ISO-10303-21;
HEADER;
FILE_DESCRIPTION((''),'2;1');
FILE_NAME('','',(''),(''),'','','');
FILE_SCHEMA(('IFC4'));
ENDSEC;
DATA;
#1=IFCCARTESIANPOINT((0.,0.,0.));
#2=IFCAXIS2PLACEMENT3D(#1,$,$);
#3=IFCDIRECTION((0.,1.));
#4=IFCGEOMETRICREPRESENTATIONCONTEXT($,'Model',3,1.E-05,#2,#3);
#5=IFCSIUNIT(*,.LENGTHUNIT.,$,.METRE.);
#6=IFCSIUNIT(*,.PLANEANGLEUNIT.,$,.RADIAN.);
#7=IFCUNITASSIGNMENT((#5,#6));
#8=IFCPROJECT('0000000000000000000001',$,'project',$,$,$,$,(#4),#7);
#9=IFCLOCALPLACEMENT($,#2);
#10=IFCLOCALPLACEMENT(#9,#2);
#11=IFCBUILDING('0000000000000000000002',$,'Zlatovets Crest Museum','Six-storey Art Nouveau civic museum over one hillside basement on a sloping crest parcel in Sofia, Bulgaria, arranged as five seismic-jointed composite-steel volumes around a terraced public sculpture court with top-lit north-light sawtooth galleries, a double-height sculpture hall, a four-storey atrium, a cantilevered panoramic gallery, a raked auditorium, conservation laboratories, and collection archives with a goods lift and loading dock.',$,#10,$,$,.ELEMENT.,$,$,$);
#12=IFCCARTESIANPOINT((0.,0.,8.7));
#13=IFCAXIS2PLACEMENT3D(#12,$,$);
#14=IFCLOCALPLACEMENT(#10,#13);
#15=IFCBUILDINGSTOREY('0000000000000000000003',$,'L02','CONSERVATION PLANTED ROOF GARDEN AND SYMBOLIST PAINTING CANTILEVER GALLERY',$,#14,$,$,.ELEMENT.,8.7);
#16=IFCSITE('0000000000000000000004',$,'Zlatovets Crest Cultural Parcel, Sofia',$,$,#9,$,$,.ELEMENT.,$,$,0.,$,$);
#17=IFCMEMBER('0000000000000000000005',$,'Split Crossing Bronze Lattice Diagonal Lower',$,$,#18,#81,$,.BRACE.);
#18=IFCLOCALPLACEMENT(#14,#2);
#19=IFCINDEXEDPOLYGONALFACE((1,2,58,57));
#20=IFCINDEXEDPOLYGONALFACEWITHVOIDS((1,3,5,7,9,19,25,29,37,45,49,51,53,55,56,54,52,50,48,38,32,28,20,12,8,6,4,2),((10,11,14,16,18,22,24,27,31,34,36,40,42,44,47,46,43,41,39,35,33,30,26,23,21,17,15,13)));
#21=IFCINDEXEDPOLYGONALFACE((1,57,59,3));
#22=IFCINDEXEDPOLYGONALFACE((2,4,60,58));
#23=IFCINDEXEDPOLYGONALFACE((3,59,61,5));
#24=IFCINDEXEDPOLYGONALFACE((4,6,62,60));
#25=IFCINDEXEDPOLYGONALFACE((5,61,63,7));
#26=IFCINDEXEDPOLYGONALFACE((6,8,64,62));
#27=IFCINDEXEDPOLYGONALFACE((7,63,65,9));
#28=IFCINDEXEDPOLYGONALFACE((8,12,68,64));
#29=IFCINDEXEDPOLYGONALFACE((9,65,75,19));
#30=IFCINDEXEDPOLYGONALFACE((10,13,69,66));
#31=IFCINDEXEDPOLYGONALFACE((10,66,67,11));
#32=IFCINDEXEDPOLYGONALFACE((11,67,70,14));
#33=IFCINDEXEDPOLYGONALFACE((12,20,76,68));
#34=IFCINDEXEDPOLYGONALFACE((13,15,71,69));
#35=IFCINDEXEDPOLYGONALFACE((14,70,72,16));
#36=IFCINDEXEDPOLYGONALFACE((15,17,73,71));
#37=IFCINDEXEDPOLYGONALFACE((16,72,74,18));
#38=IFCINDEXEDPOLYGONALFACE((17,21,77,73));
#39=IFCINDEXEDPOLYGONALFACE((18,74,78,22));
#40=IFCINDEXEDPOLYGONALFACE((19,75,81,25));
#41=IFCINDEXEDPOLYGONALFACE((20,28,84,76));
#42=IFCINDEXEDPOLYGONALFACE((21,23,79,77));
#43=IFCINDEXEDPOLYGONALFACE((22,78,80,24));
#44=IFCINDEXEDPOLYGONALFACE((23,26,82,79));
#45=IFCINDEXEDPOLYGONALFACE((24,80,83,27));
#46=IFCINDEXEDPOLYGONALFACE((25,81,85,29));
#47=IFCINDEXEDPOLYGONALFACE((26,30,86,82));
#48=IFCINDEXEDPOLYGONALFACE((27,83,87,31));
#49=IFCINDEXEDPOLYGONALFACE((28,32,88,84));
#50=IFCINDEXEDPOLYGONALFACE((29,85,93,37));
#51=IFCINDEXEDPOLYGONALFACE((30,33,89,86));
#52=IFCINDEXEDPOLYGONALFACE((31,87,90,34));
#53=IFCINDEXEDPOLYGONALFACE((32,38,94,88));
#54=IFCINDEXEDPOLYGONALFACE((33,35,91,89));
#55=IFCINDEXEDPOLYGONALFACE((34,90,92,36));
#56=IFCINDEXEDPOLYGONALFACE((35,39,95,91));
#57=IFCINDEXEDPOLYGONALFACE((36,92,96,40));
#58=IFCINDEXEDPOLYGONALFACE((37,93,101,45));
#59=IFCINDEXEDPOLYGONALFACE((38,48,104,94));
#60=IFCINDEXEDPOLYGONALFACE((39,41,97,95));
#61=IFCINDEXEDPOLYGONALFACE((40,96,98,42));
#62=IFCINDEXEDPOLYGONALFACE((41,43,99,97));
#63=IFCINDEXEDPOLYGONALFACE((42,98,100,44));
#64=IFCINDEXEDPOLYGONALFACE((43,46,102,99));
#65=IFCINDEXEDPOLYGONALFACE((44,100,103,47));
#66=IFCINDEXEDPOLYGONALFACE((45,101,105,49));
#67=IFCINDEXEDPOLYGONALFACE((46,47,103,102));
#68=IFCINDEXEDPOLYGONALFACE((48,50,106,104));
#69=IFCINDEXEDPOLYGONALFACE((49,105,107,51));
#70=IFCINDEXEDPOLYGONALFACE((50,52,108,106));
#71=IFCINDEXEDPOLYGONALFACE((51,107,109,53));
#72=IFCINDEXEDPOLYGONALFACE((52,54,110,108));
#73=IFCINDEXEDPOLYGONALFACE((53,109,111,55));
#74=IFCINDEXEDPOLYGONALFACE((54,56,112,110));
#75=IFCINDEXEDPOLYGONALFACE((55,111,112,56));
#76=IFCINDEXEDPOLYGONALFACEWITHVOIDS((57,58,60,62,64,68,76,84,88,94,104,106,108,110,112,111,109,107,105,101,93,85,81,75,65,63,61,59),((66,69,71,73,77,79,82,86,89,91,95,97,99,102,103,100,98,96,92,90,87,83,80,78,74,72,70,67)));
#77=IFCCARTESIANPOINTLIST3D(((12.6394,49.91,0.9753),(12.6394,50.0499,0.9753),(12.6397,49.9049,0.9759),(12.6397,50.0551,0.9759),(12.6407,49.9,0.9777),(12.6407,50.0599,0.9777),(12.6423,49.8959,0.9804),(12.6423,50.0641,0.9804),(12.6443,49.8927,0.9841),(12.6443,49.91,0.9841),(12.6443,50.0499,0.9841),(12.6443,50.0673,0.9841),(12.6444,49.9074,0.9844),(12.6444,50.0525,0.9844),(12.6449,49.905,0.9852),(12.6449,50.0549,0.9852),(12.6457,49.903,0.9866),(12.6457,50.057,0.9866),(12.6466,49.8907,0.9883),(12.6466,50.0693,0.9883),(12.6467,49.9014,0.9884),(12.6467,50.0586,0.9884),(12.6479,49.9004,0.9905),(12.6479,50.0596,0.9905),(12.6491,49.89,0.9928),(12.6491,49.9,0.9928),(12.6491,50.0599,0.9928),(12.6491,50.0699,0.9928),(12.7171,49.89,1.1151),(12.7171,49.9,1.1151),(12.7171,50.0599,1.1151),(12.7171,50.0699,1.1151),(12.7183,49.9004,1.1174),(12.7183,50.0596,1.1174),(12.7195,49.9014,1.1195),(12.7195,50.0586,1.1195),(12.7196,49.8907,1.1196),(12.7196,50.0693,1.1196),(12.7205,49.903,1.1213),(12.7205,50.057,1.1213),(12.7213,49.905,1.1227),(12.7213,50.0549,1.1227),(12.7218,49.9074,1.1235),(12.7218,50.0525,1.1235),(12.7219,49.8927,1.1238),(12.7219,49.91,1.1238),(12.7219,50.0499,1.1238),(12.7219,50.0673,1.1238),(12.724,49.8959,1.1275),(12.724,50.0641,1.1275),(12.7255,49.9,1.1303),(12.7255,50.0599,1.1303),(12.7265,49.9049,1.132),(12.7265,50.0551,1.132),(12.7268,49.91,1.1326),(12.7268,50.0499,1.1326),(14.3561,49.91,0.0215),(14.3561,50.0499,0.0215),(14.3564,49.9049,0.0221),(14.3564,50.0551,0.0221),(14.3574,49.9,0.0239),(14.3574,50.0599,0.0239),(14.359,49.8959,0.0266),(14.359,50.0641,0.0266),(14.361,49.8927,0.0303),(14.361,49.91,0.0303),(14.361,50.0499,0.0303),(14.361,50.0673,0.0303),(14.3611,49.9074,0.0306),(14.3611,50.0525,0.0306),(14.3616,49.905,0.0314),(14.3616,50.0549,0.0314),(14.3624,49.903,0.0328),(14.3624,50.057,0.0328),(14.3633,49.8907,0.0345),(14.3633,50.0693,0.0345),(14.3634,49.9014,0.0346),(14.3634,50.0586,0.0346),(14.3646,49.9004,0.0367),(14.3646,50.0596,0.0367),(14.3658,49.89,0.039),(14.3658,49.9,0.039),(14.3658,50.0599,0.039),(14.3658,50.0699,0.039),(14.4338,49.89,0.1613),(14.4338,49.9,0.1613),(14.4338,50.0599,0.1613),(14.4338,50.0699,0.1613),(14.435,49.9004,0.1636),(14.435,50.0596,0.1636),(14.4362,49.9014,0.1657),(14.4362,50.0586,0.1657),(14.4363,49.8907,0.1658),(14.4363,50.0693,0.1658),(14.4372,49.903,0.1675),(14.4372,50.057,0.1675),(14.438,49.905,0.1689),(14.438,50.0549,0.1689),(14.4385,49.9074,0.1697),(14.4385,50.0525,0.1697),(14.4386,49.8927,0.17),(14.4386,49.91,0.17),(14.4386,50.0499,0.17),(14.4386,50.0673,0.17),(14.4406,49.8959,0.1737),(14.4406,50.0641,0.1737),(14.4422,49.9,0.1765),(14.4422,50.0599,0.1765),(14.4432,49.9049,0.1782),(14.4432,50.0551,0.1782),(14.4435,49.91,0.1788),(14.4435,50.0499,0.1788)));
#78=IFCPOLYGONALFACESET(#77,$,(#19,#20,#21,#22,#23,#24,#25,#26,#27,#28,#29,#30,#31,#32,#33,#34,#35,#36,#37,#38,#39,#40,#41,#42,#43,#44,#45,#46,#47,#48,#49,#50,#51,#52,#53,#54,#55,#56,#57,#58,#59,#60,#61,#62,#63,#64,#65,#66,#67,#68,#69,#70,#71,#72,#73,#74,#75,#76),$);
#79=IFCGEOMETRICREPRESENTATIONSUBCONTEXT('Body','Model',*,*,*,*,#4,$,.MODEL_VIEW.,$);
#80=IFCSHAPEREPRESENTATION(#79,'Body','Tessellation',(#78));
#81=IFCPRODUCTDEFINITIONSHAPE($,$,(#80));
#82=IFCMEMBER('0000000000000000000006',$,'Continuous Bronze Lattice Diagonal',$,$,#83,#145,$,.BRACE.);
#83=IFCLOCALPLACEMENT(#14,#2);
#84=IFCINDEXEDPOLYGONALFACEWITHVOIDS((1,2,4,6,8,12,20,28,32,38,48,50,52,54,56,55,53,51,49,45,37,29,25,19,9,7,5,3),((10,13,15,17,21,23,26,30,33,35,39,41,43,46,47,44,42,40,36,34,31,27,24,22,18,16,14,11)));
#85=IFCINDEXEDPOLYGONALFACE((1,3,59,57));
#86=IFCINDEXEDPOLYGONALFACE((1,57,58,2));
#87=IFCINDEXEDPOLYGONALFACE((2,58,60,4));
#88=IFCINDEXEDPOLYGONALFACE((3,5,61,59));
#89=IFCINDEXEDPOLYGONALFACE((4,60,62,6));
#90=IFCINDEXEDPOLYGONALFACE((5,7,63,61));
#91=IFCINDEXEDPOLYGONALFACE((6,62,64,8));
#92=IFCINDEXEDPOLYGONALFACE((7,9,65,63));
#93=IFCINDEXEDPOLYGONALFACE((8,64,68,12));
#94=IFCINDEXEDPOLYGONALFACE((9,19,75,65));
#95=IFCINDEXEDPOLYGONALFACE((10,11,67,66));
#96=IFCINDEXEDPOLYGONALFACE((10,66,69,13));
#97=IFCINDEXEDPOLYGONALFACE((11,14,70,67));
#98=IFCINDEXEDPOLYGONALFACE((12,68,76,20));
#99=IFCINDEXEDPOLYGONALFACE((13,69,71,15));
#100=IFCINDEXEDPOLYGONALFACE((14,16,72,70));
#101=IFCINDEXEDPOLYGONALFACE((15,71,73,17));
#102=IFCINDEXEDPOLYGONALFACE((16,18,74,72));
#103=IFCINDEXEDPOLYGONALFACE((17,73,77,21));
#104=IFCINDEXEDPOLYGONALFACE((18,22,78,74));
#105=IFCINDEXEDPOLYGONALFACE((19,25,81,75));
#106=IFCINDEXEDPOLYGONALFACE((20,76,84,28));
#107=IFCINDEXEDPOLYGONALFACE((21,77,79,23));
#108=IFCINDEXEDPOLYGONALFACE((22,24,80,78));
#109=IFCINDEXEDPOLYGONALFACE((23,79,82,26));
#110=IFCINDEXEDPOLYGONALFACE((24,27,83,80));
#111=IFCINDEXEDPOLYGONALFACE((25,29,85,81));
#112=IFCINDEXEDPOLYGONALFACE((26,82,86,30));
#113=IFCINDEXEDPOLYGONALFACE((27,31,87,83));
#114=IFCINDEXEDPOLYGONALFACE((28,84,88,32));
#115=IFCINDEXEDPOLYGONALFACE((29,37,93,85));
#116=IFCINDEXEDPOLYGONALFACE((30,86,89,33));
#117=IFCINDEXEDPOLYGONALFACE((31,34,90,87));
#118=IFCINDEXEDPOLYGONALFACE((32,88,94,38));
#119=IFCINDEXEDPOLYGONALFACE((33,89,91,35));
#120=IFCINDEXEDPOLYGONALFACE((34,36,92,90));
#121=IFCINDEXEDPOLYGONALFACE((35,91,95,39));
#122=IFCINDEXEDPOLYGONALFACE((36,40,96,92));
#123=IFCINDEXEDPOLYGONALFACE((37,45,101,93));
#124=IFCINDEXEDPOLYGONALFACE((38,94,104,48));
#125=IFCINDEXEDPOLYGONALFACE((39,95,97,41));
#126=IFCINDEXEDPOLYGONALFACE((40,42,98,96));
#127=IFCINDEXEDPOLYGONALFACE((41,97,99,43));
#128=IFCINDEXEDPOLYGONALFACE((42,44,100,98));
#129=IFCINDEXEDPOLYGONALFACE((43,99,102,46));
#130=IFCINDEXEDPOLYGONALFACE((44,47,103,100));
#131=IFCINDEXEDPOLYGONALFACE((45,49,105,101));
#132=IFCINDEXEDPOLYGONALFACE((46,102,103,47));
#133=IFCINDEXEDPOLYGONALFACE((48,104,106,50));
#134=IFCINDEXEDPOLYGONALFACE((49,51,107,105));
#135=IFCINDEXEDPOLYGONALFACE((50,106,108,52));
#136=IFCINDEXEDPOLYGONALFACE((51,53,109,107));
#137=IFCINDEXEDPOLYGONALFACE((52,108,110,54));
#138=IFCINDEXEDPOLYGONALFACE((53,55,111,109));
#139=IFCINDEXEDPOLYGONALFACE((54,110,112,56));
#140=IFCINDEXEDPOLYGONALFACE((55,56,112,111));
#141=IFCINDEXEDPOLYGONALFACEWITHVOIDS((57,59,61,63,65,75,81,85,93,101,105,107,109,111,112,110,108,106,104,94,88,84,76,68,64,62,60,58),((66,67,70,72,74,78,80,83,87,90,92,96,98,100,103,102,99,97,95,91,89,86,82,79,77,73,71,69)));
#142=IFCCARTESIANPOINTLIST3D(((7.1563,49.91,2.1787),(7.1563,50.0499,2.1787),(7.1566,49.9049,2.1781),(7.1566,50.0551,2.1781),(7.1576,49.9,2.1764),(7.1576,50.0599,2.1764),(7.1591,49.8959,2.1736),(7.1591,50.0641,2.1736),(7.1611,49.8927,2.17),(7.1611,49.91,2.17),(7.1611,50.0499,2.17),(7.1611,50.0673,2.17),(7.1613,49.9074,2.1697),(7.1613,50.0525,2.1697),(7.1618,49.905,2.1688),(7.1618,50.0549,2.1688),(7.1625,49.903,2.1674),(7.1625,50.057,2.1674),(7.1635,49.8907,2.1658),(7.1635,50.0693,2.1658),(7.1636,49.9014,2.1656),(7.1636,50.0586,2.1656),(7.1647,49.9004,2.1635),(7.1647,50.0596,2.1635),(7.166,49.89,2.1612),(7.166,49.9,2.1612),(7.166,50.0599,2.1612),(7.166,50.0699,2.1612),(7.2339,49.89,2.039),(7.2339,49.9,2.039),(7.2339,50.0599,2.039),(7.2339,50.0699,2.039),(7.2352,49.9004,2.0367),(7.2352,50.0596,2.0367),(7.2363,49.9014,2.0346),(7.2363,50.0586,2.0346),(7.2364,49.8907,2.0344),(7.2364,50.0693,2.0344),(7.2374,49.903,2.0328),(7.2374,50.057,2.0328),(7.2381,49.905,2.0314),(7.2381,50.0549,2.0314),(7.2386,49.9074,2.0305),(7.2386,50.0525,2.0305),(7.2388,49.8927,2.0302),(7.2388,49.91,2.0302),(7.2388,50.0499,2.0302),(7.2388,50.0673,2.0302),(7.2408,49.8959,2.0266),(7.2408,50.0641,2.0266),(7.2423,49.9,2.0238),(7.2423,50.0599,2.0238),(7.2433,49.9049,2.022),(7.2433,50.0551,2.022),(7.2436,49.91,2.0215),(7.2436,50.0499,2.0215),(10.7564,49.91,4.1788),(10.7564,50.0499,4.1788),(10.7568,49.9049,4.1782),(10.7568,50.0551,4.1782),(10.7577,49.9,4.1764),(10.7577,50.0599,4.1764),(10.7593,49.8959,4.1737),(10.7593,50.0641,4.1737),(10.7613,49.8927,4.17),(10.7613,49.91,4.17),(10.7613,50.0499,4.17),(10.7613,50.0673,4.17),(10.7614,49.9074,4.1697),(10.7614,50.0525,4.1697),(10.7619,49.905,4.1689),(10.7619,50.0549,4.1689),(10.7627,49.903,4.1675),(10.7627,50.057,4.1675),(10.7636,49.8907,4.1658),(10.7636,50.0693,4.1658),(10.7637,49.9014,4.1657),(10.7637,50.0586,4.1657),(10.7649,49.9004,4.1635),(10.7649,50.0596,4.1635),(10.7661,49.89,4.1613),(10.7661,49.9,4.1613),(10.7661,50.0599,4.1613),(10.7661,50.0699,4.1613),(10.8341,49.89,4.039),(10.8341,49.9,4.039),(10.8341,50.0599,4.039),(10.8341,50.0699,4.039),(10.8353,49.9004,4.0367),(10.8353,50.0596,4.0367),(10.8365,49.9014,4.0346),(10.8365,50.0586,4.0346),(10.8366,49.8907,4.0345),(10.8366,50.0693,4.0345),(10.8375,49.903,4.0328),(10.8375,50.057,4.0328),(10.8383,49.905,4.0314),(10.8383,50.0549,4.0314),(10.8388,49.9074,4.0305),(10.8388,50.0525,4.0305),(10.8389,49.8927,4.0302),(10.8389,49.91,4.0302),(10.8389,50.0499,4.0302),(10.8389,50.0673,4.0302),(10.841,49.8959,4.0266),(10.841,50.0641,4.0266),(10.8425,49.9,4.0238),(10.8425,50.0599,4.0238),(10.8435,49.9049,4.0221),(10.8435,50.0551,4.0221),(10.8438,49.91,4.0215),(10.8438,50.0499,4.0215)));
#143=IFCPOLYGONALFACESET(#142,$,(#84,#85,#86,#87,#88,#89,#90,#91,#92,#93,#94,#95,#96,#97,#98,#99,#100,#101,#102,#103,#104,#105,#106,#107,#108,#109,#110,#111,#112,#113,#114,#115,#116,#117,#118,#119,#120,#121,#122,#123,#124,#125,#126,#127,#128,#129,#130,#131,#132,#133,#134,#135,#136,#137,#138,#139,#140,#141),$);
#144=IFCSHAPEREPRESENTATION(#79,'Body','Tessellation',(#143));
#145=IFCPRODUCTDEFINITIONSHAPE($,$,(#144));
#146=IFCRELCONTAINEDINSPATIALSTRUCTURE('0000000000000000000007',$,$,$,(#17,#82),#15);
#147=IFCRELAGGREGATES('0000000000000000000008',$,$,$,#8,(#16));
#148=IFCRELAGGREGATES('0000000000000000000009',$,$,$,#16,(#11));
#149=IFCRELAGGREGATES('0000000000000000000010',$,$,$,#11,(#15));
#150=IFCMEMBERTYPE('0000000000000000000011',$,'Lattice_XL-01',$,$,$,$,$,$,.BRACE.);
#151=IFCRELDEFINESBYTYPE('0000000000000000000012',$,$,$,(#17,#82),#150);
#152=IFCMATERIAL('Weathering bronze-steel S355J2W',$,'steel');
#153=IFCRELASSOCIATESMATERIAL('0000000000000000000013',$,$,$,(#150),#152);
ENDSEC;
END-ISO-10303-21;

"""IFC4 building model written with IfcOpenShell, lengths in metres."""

from ifc_helpers import new_model, si_unit, direction, frame, origin, origin_2d, place, context, subcontext, project, spatial, hollow_rectangle, extrude, material, material_profile, profile_set, type_object, element, save


model = new_model("IFC4")

# Units and contexts
model_context = context("Model", 3, precision=1e-05, world=origin(), true_north=direction((0.0, 1.0)))
body_context = subcontext(model_context, "Body", "Model", "MODEL_VIEW")
ifc_project = project(units=[si_unit("LENGTHUNIT", "METRE"), si_unit("PLANEANGLEUNIT", "RADIAN")], contexts=[model_context])

# Site, building, storey
site_placement = place(None, origin())
site = spatial("IfcSite", under=ifc_project, at=site_placement, Name="Zlatovets Crest Cultural Parcel, Sofia", CompositionType="ELEMENT", RefElevation=0.0)
building_placement = place(site_placement, origin())
building = spatial("IfcBuilding", under=site, at=building_placement, Name="Zlatovets Crest Museum", Description="Six-storey Art Nouveau civic museum over one hillside basement on a sloping crest parcel in Sofia, Bulgaria, arranged as five seismic-jointed composite-steel volumes around a terraced public sculpture court with top-lit north-light sawtooth galleries, a double-height sculpture hall, a four-storey atrium, a cantilevered panoramic gallery, a raked auditorium, conservation laboratories, and collection archives with a goods lift and loading dock.", CompositionType="ELEMENT")
storey_placement = place(building_placement, frame((0.0, 0.0, 8.7)))
storey = spatial("IfcBuildingStorey", under=building, at=storey_placement, Name="L02", Description="CONSERVATION PLANTED ROOF GARDEN AND SYMBOLIST PAINTING CANTILEVER GALLERY", CompositionType="ELEMENT", Elevation=8.7)

# Members
ifc_material_1 = material(Name="Weathering bronze-steel S355J2W", Category="steel")
ifc_material_profile_1 = material_profile(ifc_material_1, hollow_rectangle(XDim=0.1799, YDim=0.1799, WallThickness=0.01, InnerFilletRadius=0.01, OuterFilletRadius=0.02, at=origin_2d()), Name="SHS 180x180x10.0")
ifc_profile_set_1 = profile_set([ifc_material_profile_1], Name="Weathering bronze-steel S355J2W")
member_type_1 = type_object("IfcMemberType", Name="Lattice_XL-01", PredefinedType="BRACE", material=ifc_profile_set_1)
member_1_placement = place(storey_placement, frame((12.6831, 49.98, 1.054), z_axis=(0.87414, 0.0, -0.485675), x_axis=(0.0, 1.0, 0.0)))
element("IfcMember", 1, at=member_1_placement, inside=storey, type_object=member_type_1, Name="Split Crossing Bronze Lattice Diagonal Lower", PredefinedType="BRACE", context=body_context, shape_type="SweptSolid", body=[
    extrude(hollow_rectangle(XDim=0.1799, YDim=0.1799, WallThickness=0.01, InnerFilletRadius=0.01, OuterFilletRadius=0.02, at=origin_2d()), origin(), (0.0, 0.0, 1.0), 1.9639),
])
member_2_placement = place(storey_placement, frame((7.2, 49.98, 2.1001), z_axis=(0.874163, 0.0, 0.485633), x_axis=(0.0, 1.0, 0.0)))
element("IfcMember", 2, at=member_2_placement, inside=storey, type_object=member_type_1, Name="Continuous Bronze Lattice Diagonal", PredefinedType="BRACE", context=body_context, shape_type="SweptSolid", body=[
    extrude(hollow_rectangle(XDim=0.1799, YDim=0.1799, WallThickness=0.01, InnerFilletRadius=0.01, OuterFilletRadius=0.02, at=origin_2d()), origin(), (0.0, 0.0, 1.0), 4.1184),
])

save(model, "model.ifc")
